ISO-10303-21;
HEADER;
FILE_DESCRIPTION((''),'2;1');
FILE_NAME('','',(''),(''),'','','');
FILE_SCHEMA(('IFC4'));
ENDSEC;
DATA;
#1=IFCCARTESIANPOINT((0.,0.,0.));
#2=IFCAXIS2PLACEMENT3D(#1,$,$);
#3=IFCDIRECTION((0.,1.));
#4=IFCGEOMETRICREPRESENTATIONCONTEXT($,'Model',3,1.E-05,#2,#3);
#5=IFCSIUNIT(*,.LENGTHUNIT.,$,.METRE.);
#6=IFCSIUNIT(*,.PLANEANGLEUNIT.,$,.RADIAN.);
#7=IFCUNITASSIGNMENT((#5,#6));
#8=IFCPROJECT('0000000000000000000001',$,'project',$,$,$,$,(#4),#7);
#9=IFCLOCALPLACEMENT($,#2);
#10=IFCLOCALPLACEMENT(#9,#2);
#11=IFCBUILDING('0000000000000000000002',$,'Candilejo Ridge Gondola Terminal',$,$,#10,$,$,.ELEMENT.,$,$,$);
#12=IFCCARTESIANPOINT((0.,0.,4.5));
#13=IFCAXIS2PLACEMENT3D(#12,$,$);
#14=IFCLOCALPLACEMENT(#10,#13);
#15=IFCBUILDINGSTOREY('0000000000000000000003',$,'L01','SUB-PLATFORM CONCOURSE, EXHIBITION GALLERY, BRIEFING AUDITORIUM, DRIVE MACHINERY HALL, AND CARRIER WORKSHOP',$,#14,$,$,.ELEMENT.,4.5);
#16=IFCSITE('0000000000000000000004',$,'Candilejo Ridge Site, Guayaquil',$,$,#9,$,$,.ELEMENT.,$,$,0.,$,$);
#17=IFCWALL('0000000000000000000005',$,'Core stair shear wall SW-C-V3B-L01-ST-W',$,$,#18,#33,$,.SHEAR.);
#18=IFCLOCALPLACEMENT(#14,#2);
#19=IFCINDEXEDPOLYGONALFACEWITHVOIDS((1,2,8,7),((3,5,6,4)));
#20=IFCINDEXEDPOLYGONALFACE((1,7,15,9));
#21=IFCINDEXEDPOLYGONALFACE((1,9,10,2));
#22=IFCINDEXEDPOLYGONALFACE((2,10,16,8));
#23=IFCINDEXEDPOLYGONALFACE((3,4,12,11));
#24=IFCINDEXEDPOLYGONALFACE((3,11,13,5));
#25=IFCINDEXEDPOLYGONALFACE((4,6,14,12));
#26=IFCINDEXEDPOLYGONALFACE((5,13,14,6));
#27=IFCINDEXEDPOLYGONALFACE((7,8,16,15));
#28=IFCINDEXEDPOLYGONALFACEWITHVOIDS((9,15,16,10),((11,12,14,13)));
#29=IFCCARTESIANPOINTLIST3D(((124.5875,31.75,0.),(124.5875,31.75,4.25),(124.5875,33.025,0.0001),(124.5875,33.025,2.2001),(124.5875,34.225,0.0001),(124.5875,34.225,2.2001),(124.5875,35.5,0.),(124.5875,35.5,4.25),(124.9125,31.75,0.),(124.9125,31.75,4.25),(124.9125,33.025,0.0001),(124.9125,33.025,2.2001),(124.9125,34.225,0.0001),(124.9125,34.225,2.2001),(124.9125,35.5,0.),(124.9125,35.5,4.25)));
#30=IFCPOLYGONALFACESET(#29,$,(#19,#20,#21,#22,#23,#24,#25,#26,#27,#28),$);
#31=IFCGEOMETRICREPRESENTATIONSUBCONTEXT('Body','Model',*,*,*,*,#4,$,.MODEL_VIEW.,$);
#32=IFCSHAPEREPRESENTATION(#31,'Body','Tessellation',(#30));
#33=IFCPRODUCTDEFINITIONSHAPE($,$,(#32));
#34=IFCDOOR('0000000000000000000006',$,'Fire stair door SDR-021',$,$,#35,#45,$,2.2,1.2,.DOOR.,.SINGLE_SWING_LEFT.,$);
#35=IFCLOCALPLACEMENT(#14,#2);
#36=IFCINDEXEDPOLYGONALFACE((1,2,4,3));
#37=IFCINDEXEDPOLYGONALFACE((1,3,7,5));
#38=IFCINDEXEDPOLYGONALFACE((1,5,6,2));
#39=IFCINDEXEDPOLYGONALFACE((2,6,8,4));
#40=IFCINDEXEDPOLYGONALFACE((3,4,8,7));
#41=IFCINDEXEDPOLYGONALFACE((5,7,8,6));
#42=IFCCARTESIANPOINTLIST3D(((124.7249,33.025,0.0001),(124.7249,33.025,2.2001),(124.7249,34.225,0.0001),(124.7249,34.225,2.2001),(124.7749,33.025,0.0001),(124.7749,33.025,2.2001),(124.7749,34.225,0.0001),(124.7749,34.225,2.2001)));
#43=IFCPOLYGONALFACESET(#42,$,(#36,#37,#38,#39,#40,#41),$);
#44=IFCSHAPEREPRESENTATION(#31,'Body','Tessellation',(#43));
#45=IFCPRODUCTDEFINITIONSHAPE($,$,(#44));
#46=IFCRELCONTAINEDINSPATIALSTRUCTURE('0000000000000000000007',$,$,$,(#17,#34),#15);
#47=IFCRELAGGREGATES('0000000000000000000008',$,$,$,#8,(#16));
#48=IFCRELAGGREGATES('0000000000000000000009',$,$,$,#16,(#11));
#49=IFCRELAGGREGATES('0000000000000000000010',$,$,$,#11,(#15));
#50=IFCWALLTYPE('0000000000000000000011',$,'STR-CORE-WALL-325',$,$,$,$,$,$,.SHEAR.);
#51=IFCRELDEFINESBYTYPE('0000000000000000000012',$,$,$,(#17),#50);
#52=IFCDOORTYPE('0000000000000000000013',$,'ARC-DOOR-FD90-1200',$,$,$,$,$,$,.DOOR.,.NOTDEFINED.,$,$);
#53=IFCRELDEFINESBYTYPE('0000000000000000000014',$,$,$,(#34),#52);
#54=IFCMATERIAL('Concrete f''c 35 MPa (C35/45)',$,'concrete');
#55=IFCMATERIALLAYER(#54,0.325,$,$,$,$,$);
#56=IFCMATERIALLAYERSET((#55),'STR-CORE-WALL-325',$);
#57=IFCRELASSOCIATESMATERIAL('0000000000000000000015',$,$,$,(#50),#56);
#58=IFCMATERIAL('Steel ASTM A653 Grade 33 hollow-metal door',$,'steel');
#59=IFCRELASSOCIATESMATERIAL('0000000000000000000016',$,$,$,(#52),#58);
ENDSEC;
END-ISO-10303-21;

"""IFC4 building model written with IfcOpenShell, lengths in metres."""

from ifc_helpers import new_model, si_unit, direction, frame, frame_2d, origin, place, context, subcontext, project, spatial, rectangle, extrude, material, layer, layer_set, type_object, element, fill, save


model = new_model("IFC4")

# Units and contexts
model_context = context("Model", 3, precision=1e-05, world=origin(), true_north=direction((0.0, 1.0)))
body_context = subcontext(model_context, "Body", "Model", "MODEL_VIEW")
ifc_project = project(units=[si_unit("LENGTHUNIT", "METRE"), si_unit("PLANEANGLEUNIT", "RADIAN")], contexts=[model_context])

# Site, building, storey
site_placement = place(None, origin())
site = spatial("IfcSite", under=ifc_project, at=site_placement, Name="Candilejo Ridge Site, Guayaquil", CompositionType="ELEMENT", RefElevation=0.0)
building_placement = place(site_placement, origin())
building = spatial("IfcBuilding", under=site, at=building_placement, Name="Candilejo Ridge Gondola Terminal", CompositionType="ELEMENT")
storey_placement = place(building_placement, frame((0.0, 0.0, 4.5)))
storey = spatial("IfcBuildingStorey", under=building, at=storey_placement, Name="L01", Description="SUB-PLATFORM CONCOURSE, EXHIBITION GALLERY, BRIEFING AUDITORIUM, DRIVE MACHINERY HALL, AND CARRIER WORKSHOP", CompositionType="ELEMENT", Elevation=4.5)

# Wall, opening, door
ifc_material_1 = material(Name="Concrete f'c 35 MPa (C35/45)", Category="concrete")
ifc_layer_1 = layer(ifc_material_1, 0.325)
ifc_layer_set_1 = layer_set([ifc_layer_1], Name="STR-CORE-WALL-325")
wall_type = type_object("IfcWallType", Name="STR-CORE-WALL-325", PredefinedType="SHEAR", material=ifc_layer_set_1)
wall_placement = place(storey_placement, frame((124.75, 35.5, 0.0), z_axis=(0.0, 0.0, 1.0), x_axis=(0.0, -1.0, 0.0)))
wall = element("IfcWall", 1, at=wall_placement, inside=storey, type_object=wall_type, Name="Core stair shear wall SW-C-V3B-L01-ST-W", PredefinedType="SHEAR", context=body_context, shape_type="SweptSolid", body=[
    extrude(rectangle(XDim=3.75, YDim=0.325, at=frame_2d((1.875, 0.0))), origin(), (0.0, 0.0, 1.0), 4.25),
])
opening_placement = place(wall_placement, frame((1.2749, 0.0, 0.0)))
opening = element("IfcOpeningElement", 2, at=opening_placement, cuts=wall, PredefinedType="OPENING", context=body_context, shape_type="SweptSolid", body=[
    extrude(rectangle(XDim=1.2, YDim=2.2, at=frame_2d((0.6001, 1.1001))), frame((0.0, 0.1724, 0.0), z_axis=(0.0, -1.0, 0.0), x_axis=(1.0, 0.0, 0.0)), (0.0, 0.0, 1.0), 0.345),
])
ifc_material_2 = material(Name="Steel ASTM A653 Grade 33 hollow-metal door", Category="steel")
door_type = type_object("IfcDoorType", Name="ARC-DOOR-FD90-1200", OperationType="NOTDEFINED", PredefinedType="DOOR", material=ifc_material_2)
door_placement = place(opening_placement, origin())
door = element("IfcDoor", 3, at=door_placement, inside=storey, type_object=door_type, Name="Fire stair door SDR-021", OperationType="SINGLE_SWING_LEFT", OverallHeight=2.2, OverallWidth=1.2, PredefinedType="DOOR", context=body_context, shape_type="SweptSolid", body=[
    extrude(rectangle(XDim=1.2, YDim=2.2, at=frame_2d((0.6001, 1.1001))), frame((0.0, 0.0249, 0.0), z_axis=(0.0, -1.0, 0.0), x_axis=(1.0, 0.0, 0.0)), (0.0, 0.0, 1.0), 0.05),
])
fill(opening, door)

save(model, "model.ifc")
